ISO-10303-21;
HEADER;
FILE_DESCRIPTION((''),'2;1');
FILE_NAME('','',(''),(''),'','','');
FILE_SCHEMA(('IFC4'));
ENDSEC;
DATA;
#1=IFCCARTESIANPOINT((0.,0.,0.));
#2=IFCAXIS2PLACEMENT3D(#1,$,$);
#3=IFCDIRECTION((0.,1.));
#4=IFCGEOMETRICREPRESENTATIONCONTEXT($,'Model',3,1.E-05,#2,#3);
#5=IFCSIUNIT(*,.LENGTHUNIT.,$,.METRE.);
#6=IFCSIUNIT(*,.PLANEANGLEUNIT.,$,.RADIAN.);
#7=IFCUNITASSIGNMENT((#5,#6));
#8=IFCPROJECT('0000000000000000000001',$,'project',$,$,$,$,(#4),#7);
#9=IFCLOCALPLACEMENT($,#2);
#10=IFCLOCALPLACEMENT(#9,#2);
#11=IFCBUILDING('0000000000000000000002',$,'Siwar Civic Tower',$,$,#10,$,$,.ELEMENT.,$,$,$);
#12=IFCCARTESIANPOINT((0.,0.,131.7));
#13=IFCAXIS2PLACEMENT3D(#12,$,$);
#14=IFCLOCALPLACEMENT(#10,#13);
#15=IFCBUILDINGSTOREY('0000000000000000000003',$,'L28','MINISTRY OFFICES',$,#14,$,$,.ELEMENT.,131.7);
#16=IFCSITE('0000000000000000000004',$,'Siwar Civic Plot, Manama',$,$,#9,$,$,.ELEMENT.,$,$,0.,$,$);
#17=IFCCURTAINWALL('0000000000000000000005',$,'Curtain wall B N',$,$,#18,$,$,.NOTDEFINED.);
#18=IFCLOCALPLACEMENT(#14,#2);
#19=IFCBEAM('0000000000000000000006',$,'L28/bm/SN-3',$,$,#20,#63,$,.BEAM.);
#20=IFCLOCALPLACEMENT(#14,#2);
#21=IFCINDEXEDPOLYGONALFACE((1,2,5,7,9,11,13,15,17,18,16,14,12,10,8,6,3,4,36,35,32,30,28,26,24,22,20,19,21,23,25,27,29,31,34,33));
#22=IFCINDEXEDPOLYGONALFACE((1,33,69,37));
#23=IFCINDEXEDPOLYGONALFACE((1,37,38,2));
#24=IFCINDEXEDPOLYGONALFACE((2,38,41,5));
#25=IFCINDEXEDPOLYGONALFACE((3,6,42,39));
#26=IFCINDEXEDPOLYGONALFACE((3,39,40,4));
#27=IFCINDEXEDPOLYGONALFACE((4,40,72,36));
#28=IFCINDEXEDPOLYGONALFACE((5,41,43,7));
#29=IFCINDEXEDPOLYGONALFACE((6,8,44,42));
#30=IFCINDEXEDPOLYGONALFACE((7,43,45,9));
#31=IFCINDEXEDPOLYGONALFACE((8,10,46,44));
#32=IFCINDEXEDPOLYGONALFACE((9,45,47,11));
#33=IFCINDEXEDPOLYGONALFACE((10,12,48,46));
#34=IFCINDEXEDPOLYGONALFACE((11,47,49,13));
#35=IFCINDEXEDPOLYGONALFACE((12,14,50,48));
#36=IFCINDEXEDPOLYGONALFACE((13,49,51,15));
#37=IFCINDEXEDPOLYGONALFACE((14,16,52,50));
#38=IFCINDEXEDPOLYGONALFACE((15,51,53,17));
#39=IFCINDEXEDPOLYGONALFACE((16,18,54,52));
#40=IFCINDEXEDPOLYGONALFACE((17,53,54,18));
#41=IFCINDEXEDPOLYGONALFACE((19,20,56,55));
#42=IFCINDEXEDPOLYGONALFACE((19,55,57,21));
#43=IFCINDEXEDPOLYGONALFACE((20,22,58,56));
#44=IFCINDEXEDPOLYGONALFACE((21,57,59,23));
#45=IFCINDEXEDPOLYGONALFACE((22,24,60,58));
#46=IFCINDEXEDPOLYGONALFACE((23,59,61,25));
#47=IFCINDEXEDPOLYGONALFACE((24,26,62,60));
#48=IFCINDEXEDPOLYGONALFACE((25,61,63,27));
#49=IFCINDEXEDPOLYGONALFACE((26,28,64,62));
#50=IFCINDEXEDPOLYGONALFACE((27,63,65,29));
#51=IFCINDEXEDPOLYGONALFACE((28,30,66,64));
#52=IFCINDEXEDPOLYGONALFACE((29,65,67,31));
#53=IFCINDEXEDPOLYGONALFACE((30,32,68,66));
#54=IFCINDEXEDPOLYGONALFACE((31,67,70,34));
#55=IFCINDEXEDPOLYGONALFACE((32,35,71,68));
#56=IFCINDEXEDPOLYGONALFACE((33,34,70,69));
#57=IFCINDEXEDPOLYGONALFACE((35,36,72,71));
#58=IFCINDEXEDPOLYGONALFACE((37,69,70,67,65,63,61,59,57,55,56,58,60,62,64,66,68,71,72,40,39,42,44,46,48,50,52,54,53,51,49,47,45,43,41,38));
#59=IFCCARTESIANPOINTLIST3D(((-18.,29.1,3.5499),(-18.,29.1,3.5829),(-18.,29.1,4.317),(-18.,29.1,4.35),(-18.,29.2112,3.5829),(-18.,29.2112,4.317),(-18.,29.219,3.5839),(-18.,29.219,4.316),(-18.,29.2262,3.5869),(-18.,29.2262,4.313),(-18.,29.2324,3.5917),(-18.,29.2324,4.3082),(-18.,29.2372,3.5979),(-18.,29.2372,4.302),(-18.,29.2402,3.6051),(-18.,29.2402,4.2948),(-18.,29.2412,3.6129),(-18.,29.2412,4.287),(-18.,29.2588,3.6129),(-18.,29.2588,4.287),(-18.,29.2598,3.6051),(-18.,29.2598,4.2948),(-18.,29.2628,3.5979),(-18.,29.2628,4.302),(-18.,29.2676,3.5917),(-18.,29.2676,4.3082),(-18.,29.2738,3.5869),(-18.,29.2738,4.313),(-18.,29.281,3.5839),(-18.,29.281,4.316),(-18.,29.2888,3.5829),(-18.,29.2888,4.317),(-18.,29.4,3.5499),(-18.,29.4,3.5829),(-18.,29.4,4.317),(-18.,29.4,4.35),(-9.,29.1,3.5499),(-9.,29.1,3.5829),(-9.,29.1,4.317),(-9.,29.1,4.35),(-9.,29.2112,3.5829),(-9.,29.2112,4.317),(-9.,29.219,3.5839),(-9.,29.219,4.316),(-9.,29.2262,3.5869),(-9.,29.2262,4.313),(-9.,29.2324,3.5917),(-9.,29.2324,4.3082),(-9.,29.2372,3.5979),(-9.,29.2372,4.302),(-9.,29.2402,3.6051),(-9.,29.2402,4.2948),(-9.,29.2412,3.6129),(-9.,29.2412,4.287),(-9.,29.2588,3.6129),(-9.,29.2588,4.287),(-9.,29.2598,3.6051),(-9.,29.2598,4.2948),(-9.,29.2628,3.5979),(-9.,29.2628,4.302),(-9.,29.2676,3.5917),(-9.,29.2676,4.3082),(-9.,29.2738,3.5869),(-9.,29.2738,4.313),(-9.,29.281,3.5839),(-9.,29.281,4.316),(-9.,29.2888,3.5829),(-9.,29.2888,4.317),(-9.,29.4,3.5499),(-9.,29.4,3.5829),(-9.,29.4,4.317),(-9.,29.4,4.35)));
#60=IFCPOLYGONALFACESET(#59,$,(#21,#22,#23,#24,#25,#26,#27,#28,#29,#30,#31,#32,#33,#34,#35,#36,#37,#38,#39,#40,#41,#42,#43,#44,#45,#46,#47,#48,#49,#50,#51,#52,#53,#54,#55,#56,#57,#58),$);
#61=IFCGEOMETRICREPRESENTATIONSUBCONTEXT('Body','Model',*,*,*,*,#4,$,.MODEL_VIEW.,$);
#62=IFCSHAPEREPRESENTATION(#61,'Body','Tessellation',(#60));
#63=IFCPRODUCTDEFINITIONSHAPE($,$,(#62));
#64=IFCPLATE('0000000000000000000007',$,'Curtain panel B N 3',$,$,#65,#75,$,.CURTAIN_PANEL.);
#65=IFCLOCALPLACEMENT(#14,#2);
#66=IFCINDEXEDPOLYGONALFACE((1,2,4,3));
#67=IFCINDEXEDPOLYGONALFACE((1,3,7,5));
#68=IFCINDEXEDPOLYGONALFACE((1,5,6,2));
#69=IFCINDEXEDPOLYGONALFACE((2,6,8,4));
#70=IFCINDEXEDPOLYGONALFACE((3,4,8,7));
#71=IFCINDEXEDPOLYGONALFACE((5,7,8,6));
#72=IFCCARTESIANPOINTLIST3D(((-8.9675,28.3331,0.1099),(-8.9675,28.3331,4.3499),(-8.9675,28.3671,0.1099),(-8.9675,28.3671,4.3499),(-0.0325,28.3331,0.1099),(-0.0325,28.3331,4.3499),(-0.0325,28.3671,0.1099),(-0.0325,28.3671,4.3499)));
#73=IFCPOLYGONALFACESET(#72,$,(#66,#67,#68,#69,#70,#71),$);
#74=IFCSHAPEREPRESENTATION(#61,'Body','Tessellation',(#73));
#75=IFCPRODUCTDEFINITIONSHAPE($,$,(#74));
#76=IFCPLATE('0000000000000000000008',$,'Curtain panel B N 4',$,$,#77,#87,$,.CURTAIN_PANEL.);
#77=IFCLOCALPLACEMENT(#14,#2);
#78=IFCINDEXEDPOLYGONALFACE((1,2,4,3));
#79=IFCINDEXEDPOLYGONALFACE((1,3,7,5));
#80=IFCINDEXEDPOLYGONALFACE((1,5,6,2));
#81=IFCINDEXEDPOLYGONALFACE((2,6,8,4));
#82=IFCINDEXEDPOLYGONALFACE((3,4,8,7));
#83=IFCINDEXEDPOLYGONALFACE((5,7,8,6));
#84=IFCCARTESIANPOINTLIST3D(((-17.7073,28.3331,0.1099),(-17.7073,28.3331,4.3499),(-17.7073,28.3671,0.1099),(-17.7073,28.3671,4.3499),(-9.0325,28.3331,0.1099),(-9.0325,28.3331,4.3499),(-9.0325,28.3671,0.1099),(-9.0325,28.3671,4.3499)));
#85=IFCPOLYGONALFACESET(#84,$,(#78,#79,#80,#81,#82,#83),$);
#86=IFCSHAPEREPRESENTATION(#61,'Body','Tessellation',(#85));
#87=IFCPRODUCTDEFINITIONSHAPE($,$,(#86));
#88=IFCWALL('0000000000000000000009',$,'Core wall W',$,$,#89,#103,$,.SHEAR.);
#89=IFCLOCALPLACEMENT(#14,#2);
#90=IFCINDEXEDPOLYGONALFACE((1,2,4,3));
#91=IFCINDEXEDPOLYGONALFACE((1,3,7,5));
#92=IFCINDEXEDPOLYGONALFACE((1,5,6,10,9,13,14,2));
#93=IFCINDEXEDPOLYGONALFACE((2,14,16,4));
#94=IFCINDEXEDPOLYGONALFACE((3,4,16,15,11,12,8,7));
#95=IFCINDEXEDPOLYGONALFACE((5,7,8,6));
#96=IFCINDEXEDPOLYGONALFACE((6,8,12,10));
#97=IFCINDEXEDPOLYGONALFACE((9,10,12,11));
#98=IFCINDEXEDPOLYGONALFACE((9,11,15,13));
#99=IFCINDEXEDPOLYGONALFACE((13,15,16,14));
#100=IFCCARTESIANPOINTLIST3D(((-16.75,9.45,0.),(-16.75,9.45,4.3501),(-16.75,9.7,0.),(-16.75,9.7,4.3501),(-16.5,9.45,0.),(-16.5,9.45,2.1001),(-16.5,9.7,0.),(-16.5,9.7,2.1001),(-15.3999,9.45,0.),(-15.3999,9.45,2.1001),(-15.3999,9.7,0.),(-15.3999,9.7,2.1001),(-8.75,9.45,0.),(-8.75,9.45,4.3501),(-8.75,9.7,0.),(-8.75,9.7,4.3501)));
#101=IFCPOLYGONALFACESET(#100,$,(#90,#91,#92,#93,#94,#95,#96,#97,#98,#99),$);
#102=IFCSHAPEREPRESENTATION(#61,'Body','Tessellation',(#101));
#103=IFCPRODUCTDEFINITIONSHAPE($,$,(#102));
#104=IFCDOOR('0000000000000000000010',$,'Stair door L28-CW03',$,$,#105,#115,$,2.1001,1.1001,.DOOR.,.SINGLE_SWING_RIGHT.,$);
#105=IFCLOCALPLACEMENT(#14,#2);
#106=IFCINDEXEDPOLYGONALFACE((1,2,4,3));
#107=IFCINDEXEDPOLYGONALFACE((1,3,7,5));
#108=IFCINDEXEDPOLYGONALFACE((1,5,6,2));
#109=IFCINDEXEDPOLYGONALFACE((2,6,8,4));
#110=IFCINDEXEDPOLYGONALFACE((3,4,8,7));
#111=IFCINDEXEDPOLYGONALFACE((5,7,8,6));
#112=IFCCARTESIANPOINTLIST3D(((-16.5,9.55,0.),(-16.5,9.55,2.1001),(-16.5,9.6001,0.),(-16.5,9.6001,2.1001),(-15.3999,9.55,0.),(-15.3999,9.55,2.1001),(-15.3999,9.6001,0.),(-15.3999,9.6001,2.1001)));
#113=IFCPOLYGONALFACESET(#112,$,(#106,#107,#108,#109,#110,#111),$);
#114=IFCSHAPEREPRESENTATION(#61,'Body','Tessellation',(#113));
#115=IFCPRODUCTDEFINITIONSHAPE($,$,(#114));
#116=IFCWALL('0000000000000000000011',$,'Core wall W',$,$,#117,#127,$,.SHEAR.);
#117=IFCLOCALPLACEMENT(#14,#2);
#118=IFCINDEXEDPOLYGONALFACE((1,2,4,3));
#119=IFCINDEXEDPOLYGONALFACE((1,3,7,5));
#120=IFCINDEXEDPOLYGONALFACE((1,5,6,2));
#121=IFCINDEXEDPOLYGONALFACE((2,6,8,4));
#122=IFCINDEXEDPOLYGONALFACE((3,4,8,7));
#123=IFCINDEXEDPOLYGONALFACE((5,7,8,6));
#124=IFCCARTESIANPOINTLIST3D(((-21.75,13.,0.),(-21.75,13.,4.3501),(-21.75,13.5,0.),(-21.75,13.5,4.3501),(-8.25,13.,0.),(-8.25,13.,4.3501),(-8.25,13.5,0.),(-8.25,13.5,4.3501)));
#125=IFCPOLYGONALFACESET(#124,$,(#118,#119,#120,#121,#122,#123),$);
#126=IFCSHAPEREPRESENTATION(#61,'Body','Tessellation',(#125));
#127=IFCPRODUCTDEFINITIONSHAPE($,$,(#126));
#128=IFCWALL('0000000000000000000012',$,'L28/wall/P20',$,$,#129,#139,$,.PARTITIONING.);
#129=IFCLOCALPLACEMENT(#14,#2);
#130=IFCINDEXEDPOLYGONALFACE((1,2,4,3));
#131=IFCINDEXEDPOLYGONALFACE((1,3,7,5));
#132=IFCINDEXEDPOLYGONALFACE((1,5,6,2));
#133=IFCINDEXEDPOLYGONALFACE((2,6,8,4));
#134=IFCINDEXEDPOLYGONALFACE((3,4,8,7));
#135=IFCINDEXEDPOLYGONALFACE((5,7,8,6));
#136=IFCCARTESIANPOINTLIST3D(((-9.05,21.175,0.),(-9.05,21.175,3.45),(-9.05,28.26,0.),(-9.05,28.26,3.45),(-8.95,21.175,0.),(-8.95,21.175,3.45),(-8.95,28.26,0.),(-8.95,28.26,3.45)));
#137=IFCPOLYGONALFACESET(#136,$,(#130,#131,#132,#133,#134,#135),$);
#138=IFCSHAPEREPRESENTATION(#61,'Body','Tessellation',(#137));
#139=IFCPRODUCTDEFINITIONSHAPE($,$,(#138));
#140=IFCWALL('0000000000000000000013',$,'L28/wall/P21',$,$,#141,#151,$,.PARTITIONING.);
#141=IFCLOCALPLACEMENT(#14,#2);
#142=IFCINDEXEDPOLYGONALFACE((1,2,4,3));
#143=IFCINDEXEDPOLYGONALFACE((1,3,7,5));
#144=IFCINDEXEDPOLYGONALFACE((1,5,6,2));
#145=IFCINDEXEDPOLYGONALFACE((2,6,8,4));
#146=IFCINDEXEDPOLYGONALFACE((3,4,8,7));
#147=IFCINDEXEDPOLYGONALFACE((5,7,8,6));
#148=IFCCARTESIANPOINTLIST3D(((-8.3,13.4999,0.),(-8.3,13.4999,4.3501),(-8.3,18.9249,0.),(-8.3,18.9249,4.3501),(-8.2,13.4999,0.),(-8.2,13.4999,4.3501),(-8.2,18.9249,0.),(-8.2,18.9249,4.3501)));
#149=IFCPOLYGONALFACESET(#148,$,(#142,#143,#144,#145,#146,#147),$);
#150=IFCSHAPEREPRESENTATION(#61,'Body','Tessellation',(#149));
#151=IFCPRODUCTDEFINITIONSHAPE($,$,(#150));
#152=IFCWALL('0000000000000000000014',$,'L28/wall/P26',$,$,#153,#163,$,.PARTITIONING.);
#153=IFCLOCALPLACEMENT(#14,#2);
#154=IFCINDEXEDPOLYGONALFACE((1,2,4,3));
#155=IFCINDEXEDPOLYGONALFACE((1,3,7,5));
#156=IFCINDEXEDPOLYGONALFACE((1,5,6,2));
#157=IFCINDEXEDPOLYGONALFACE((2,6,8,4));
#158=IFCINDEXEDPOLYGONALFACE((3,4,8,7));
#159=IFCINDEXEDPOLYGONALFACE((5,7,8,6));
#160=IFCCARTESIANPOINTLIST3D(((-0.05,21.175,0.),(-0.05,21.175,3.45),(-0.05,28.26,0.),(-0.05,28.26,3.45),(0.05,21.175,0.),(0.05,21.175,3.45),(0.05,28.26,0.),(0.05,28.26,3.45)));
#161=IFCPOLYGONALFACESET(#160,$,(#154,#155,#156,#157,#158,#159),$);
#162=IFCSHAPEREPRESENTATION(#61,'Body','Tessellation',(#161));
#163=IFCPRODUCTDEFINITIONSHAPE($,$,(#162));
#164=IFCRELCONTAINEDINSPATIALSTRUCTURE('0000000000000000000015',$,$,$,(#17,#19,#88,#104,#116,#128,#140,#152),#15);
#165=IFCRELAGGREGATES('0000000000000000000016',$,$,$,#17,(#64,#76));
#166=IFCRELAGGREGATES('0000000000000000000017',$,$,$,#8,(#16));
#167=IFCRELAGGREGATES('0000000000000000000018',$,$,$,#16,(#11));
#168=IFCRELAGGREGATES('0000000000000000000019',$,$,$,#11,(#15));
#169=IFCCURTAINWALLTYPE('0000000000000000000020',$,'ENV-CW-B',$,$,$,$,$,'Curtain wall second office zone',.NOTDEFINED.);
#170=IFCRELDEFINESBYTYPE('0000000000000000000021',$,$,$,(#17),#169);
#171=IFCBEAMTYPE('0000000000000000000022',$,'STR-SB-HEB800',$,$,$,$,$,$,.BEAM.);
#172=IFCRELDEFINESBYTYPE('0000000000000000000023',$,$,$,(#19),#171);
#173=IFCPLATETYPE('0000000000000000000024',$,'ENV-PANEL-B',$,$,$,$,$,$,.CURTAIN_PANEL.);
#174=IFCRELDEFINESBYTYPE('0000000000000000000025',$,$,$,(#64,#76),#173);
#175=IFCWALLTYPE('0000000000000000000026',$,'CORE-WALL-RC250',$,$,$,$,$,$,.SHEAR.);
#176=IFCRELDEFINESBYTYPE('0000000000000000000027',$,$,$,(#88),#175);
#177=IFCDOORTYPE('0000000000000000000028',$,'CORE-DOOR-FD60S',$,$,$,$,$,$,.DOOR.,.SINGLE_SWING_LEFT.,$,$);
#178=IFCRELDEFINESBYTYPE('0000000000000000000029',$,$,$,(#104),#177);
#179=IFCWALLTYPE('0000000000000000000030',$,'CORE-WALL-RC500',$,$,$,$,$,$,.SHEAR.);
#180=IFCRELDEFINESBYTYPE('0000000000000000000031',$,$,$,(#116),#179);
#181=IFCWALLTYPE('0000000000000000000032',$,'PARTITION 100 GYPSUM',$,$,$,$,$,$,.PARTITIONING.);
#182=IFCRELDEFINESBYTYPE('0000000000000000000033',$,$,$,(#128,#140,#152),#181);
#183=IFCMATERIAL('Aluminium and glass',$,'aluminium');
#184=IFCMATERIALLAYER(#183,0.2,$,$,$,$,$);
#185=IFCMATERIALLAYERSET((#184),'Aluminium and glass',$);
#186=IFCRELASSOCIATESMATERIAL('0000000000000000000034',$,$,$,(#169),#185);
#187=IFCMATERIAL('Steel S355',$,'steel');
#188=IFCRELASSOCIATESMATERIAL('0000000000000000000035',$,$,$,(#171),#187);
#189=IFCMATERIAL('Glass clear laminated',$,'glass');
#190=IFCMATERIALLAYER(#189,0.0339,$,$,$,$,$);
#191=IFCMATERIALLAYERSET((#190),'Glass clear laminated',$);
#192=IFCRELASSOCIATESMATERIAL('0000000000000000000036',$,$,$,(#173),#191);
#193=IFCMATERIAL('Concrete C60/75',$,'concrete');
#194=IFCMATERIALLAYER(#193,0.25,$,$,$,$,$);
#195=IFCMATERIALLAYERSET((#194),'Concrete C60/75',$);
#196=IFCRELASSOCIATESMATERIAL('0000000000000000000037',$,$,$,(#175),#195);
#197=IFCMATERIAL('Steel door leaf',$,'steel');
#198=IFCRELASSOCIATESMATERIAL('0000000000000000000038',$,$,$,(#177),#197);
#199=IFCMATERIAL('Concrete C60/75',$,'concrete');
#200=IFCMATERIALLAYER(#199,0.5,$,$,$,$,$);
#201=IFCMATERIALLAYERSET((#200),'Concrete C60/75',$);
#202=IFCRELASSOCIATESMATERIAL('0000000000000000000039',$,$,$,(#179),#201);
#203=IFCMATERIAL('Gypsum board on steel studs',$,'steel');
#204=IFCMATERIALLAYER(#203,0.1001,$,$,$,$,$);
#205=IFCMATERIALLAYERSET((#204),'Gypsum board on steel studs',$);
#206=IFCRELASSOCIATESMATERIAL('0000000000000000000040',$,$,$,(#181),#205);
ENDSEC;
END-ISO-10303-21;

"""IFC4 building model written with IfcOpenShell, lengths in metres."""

from ifc_helpers import new_model, si_unit, direction, frame, frame_2d, origin, origin_2d, place, context, subcontext, project, spatial, rectangle, i_section, extrude, material, layer, layer_set, material_profile, profile_set, type_object, element, fill, aggregate, save


model = new_model("IFC4")

# Units and contexts
model_context = context("Model", 3, precision=1e-05, world=origin(), true_north=direction((0.0, 1.0)))
body_context = subcontext(model_context, "Body", "Model", "MODEL_VIEW")
ifc_project = project(units=[si_unit("LENGTHUNIT", "METRE"), si_unit("PLANEANGLEUNIT", "RADIAN")], contexts=[model_context])

# Site, building, storey
site_placement = place(None, origin())
site = spatial("IfcSite", under=ifc_project, at=site_placement, Name="Siwar Civic Plot, Manama", CompositionType="ELEMENT", RefElevation=0.0)
building_placement = place(site_placement, origin())
building = spatial("IfcBuilding", under=site, at=building_placement, Name="Siwar Civic Tower", CompositionType="ELEMENT")
storey_placement = place(building_placement, frame((0.0, 0.0, 131.7)))
storey = spatial("IfcBuildingStorey", under=building, at=storey_placement, Name="L28", Description="MINISTRY OFFICES", CompositionType="ELEMENT", Elevation=131.7)

# Curtain wall
ifc_material_1 = material(Name="Aluminium and glass", Category="aluminium")
ifc_layer_1 = layer(ifc_material_1, 0.2)
ifc_layer_set_1 = layer_set([ifc_layer_1], Name="Aluminium and glass")
curtain_wall_type_1 = type_object("IfcCurtainWallType", Name="ENV-CW-B", ElementType="Curtain wall second office zone", PredefinedType="NOTDEFINED", material=ifc_layer_set_1)
curtain_wall_1_placement = place(storey_placement, origin())
curtain_wall_1 = element("IfcCurtainWall", 1, at=curtain_wall_1_placement, inside=storey, type_object=curtain_wall_type_1, Name="Curtain wall B N", PredefinedType="NOTDEFINED")

# Beam
ifc_material_2 = material(Name="Steel S355", Category="steel")
ifc_material_profile_1 = material_profile(ifc_material_2, i_section(OverallWidth=0.3, OverallDepth=0.8, WebThickness=0.0176, FlangeThickness=0.033, FilletRadius=0.03, at=origin_2d()), Name="HEB800")
ifc_profile_set_1 = profile_set([ifc_material_profile_1], Name="Steel S355")
beam_type_1 = type_object("IfcBeamType", Name="STR-SB-HEB800", PredefinedType="BEAM", material=ifc_profile_set_1)
beam_1_placement = place(storey_placement, frame((-9.0, 29.25, 3.95), z_axis=(-1.0, 0.0, 0.0), x_axis=(0.0, -1.0, 0.0)))
element("IfcBeam", 2, at=beam_1_placement, inside=storey, type_object=beam_type_1, Name="L28/bm/SN-3", PredefinedType="BEAM", context=body_context, shape_type="SweptSolid", body=[
    extrude(i_section(OverallWidth=0.3, OverallDepth=0.8, WebThickness=0.0176, FlangeThickness=0.033, FilletRadius=0.03, at=origin_2d()), origin(), (0.0, 0.0, 1.0), 9.0),
])

# Plates
ifc_material_3 = material(Name="Glass clear laminated", Category="glass")
ifc_layer_2 = layer(ifc_material_3, 0.0339)
ifc_layer_set_2 = layer_set([ifc_layer_2], Name="Glass clear laminated")
plate_type = type_object("IfcPlateType", Name="ENV-PANEL-B", PredefinedType="CURTAIN_PANEL", material=ifc_layer_set_2)
plate_1_placement = place(storey_placement, frame((-4.5, 28.3501, 0.1099), z_axis=(0.0, 0.0, 1.0), x_axis=(-1.0, 0.0, 0.0)))
plate_1 = element("IfcPlate", 3, at=plate_1_placement, type_object=plate_type, Name="Curtain panel B N 3", PredefinedType="CURTAIN_PANEL", context=body_context, shape_type="SweptSolid", body=[
    extrude(rectangle(XDim=8.9351, YDim=0.0339, at=origin_2d()), origin(), (0.0, 0.0, 1.0), 4.24),
])
plate_2_placement = place(storey_placement, frame((-13.3699, 28.3501, 0.1099), z_axis=(0.0, 0.0, 1.0), x_axis=(-1.0, 0.0, 0.0)))
plate_2 = element("IfcPlate", 4, at=plate_2_placement, type_object=plate_type, Name="Curtain panel B N 4", PredefinedType="CURTAIN_PANEL", context=body_context, shape_type="SweptSolid", body=[
    extrude(rectangle(XDim=8.6748, YDim=0.0339, at=origin_2d()), origin(), (0.0, 0.0, 1.0), 4.24),
])
aggregate(curtain_wall_1, [plate_1, plate_2])

# Wall, opening, door
ifc_material_4 = material(Name="Concrete C60/75", Category="concrete")
ifc_layer_3 = layer(ifc_material_4, 0.25)
ifc_layer_set_3 = layer_set([ifc_layer_3], Name="Concrete C60/75")
wall_type_1 = type_object("IfcWallType", Name="CORE-WALL-RC250", PredefinedType="SHEAR", material=ifc_layer_set_3)
wall_1_placement = place(storey_placement, frame((-8.75, 9.575, 0.0), z_axis=(0.0, 0.0, 1.0), x_axis=(-1.0, 0.0, 0.0)))
wall_1 = element("IfcWall", 5, at=wall_1_placement, inside=storey, type_object=wall_type_1, Name="Core wall W", PredefinedType="SHEAR", context=body_context, shape_type="SweptSolid", body=[
    extrude(rectangle(XDim=8.0, YDim=0.25, at=frame_2d((4.0, 0.0))), origin(), (0.0, 0.0, 1.0), 4.3501),
])
opening_placement = place(wall_1_placement, frame((6.6499, 0.0, 0.0)))
opening = element("IfcOpeningElement", 6, at=opening_placement, cuts=wall_1, PredefinedType="OPENING", context=body_context, shape_type="SweptSolid", body=[
    extrude(rectangle(XDim=1.1001, YDim=2.1001, at=frame_2d((0.55, 1.05))), frame((0.0, 0.135, 0.0), z_axis=(0.0, -1.0, 0.0), x_axis=(1.0, 0.0, 0.0)), (0.0, 0.0, 1.0), 0.27),
])
ifc_material_5 = material(Name="Steel door leaf", Category="steel")
door_type = type_object("IfcDoorType", Name="CORE-DOOR-FD60S", OperationType="SINGLE_SWING_LEFT", PredefinedType="DOOR", material=ifc_material_5)
door_placement = place(opening_placement, origin())
door = element("IfcDoor", 7, at=door_placement, inside=storey, type_object=door_type, Name="Stair door L28-CW03", OperationType="SINGLE_SWING_RIGHT", OverallHeight=2.1001, OverallWidth=1.1001, PredefinedType="DOOR", context=body_context, shape_type="SweptSolid", body=[
    extrude(rectangle(XDim=1.1001, YDim=2.1001, at=frame_2d((0.55, 1.05))), frame((0.0, 0.0249, 0.0), z_axis=(0.0, -1.0, 0.0), x_axis=(1.0, 0.0, 0.0)), (0.0, 0.0, 1.0), 0.05),
])
fill(opening, door)

# Walls
ifc_material_6 = material(Name="Concrete C60/75", Category="concrete")
ifc_layer_4 = layer(ifc_material_6, 0.5)
ifc_layer_set_4 = layer_set([ifc_layer_4], Name="Concrete C60/75")
wall_type_2 = type_object("IfcWallType", Name="CORE-WALL-RC500", PredefinedType="SHEAR", material=ifc_layer_set_4)
wall_2_placement = place(storey_placement, frame((-8.25, 13.25, 0.0), z_axis=(0.0, 0.0, 1.0), x_axis=(-1.0, 0.0, 0.0)))
element("IfcWall", 8, at=wall_2_placement, inside=storey, type_object=wall_type_2, Name="Core wall W", PredefinedType="SHEAR", context=body_context, shape_type="SweptSolid", body=[
    extrude(rectangle(XDim=13.5, YDim=0.5, at=frame_2d((6.75, 0.0))), origin(), (0.0, 0.0, 1.0), 4.3501),
])
ifc_material_7 = material(Name="Gypsum board on steel studs", Category="steel")
ifc_layer_5 = layer(ifc_material_7, 0.1001)
ifc_layer_set_5 = layer_set([ifc_layer_5], Name="Gypsum board on steel studs")
wall_type_3 = type_object("IfcWallType", Name="PARTITION 100 GYPSUM", PredefinedType="PARTITIONING", material=ifc_layer_set_5)
wall_3_placement = place(storey_placement, frame((-9.0, 21.175, 0.0), z_axis=(0.0, 0.0, 1.0), x_axis=(0.0, 1.0, 0.0)))
element("IfcWall", 9, at=wall_3_placement, inside=storey, type_object=wall_type_3, Name="L28/wall/P20", PredefinedType="PARTITIONING", context=body_context, shape_type="SweptSolid", body=[
    extrude(rectangle(XDim=7.085, YDim=0.1001, at=frame_2d((3.5425, 0.0))), origin(), (0.0, 0.0, 1.0), 3.45),
])
wall_4_placement = place(storey_placement, frame((-8.25, 13.5, 0.0), z_axis=(0.0, 0.0, 1.0), x_axis=(0.0, 1.0, 0.0)))
element("IfcWall", 10, at=wall_4_placement, inside=storey, type_object=wall_type_3, Name="L28/wall/P21", PredefinedType="PARTITIONING", context=body_context, shape_type="SweptSolid", body=[
    extrude(rectangle(XDim=5.425, YDim=0.1001, at=frame_2d((2.7124, 0.0))), origin(), (0.0, 0.0, 1.0), 4.3501),
])
wall_5_placement = place(storey_placement, frame((0.0, 21.175, 0.0), z_axis=(0.0, 0.0, 1.0), x_axis=(0.0, 1.0, 0.0)))
element("IfcWall", 11, at=wall_5_placement, inside=storey, type_object=wall_type_3, Name="L28/wall/P26", PredefinedType="PARTITIONING", context=body_context, shape_type="SweptSolid", body=[
    extrude(rectangle(XDim=7.085, YDim=0.1001, at=frame_2d((3.5425, 0.0))), origin(), (0.0, 0.0, 1.0), 3.45),
])

save(model, "model.ifc")
